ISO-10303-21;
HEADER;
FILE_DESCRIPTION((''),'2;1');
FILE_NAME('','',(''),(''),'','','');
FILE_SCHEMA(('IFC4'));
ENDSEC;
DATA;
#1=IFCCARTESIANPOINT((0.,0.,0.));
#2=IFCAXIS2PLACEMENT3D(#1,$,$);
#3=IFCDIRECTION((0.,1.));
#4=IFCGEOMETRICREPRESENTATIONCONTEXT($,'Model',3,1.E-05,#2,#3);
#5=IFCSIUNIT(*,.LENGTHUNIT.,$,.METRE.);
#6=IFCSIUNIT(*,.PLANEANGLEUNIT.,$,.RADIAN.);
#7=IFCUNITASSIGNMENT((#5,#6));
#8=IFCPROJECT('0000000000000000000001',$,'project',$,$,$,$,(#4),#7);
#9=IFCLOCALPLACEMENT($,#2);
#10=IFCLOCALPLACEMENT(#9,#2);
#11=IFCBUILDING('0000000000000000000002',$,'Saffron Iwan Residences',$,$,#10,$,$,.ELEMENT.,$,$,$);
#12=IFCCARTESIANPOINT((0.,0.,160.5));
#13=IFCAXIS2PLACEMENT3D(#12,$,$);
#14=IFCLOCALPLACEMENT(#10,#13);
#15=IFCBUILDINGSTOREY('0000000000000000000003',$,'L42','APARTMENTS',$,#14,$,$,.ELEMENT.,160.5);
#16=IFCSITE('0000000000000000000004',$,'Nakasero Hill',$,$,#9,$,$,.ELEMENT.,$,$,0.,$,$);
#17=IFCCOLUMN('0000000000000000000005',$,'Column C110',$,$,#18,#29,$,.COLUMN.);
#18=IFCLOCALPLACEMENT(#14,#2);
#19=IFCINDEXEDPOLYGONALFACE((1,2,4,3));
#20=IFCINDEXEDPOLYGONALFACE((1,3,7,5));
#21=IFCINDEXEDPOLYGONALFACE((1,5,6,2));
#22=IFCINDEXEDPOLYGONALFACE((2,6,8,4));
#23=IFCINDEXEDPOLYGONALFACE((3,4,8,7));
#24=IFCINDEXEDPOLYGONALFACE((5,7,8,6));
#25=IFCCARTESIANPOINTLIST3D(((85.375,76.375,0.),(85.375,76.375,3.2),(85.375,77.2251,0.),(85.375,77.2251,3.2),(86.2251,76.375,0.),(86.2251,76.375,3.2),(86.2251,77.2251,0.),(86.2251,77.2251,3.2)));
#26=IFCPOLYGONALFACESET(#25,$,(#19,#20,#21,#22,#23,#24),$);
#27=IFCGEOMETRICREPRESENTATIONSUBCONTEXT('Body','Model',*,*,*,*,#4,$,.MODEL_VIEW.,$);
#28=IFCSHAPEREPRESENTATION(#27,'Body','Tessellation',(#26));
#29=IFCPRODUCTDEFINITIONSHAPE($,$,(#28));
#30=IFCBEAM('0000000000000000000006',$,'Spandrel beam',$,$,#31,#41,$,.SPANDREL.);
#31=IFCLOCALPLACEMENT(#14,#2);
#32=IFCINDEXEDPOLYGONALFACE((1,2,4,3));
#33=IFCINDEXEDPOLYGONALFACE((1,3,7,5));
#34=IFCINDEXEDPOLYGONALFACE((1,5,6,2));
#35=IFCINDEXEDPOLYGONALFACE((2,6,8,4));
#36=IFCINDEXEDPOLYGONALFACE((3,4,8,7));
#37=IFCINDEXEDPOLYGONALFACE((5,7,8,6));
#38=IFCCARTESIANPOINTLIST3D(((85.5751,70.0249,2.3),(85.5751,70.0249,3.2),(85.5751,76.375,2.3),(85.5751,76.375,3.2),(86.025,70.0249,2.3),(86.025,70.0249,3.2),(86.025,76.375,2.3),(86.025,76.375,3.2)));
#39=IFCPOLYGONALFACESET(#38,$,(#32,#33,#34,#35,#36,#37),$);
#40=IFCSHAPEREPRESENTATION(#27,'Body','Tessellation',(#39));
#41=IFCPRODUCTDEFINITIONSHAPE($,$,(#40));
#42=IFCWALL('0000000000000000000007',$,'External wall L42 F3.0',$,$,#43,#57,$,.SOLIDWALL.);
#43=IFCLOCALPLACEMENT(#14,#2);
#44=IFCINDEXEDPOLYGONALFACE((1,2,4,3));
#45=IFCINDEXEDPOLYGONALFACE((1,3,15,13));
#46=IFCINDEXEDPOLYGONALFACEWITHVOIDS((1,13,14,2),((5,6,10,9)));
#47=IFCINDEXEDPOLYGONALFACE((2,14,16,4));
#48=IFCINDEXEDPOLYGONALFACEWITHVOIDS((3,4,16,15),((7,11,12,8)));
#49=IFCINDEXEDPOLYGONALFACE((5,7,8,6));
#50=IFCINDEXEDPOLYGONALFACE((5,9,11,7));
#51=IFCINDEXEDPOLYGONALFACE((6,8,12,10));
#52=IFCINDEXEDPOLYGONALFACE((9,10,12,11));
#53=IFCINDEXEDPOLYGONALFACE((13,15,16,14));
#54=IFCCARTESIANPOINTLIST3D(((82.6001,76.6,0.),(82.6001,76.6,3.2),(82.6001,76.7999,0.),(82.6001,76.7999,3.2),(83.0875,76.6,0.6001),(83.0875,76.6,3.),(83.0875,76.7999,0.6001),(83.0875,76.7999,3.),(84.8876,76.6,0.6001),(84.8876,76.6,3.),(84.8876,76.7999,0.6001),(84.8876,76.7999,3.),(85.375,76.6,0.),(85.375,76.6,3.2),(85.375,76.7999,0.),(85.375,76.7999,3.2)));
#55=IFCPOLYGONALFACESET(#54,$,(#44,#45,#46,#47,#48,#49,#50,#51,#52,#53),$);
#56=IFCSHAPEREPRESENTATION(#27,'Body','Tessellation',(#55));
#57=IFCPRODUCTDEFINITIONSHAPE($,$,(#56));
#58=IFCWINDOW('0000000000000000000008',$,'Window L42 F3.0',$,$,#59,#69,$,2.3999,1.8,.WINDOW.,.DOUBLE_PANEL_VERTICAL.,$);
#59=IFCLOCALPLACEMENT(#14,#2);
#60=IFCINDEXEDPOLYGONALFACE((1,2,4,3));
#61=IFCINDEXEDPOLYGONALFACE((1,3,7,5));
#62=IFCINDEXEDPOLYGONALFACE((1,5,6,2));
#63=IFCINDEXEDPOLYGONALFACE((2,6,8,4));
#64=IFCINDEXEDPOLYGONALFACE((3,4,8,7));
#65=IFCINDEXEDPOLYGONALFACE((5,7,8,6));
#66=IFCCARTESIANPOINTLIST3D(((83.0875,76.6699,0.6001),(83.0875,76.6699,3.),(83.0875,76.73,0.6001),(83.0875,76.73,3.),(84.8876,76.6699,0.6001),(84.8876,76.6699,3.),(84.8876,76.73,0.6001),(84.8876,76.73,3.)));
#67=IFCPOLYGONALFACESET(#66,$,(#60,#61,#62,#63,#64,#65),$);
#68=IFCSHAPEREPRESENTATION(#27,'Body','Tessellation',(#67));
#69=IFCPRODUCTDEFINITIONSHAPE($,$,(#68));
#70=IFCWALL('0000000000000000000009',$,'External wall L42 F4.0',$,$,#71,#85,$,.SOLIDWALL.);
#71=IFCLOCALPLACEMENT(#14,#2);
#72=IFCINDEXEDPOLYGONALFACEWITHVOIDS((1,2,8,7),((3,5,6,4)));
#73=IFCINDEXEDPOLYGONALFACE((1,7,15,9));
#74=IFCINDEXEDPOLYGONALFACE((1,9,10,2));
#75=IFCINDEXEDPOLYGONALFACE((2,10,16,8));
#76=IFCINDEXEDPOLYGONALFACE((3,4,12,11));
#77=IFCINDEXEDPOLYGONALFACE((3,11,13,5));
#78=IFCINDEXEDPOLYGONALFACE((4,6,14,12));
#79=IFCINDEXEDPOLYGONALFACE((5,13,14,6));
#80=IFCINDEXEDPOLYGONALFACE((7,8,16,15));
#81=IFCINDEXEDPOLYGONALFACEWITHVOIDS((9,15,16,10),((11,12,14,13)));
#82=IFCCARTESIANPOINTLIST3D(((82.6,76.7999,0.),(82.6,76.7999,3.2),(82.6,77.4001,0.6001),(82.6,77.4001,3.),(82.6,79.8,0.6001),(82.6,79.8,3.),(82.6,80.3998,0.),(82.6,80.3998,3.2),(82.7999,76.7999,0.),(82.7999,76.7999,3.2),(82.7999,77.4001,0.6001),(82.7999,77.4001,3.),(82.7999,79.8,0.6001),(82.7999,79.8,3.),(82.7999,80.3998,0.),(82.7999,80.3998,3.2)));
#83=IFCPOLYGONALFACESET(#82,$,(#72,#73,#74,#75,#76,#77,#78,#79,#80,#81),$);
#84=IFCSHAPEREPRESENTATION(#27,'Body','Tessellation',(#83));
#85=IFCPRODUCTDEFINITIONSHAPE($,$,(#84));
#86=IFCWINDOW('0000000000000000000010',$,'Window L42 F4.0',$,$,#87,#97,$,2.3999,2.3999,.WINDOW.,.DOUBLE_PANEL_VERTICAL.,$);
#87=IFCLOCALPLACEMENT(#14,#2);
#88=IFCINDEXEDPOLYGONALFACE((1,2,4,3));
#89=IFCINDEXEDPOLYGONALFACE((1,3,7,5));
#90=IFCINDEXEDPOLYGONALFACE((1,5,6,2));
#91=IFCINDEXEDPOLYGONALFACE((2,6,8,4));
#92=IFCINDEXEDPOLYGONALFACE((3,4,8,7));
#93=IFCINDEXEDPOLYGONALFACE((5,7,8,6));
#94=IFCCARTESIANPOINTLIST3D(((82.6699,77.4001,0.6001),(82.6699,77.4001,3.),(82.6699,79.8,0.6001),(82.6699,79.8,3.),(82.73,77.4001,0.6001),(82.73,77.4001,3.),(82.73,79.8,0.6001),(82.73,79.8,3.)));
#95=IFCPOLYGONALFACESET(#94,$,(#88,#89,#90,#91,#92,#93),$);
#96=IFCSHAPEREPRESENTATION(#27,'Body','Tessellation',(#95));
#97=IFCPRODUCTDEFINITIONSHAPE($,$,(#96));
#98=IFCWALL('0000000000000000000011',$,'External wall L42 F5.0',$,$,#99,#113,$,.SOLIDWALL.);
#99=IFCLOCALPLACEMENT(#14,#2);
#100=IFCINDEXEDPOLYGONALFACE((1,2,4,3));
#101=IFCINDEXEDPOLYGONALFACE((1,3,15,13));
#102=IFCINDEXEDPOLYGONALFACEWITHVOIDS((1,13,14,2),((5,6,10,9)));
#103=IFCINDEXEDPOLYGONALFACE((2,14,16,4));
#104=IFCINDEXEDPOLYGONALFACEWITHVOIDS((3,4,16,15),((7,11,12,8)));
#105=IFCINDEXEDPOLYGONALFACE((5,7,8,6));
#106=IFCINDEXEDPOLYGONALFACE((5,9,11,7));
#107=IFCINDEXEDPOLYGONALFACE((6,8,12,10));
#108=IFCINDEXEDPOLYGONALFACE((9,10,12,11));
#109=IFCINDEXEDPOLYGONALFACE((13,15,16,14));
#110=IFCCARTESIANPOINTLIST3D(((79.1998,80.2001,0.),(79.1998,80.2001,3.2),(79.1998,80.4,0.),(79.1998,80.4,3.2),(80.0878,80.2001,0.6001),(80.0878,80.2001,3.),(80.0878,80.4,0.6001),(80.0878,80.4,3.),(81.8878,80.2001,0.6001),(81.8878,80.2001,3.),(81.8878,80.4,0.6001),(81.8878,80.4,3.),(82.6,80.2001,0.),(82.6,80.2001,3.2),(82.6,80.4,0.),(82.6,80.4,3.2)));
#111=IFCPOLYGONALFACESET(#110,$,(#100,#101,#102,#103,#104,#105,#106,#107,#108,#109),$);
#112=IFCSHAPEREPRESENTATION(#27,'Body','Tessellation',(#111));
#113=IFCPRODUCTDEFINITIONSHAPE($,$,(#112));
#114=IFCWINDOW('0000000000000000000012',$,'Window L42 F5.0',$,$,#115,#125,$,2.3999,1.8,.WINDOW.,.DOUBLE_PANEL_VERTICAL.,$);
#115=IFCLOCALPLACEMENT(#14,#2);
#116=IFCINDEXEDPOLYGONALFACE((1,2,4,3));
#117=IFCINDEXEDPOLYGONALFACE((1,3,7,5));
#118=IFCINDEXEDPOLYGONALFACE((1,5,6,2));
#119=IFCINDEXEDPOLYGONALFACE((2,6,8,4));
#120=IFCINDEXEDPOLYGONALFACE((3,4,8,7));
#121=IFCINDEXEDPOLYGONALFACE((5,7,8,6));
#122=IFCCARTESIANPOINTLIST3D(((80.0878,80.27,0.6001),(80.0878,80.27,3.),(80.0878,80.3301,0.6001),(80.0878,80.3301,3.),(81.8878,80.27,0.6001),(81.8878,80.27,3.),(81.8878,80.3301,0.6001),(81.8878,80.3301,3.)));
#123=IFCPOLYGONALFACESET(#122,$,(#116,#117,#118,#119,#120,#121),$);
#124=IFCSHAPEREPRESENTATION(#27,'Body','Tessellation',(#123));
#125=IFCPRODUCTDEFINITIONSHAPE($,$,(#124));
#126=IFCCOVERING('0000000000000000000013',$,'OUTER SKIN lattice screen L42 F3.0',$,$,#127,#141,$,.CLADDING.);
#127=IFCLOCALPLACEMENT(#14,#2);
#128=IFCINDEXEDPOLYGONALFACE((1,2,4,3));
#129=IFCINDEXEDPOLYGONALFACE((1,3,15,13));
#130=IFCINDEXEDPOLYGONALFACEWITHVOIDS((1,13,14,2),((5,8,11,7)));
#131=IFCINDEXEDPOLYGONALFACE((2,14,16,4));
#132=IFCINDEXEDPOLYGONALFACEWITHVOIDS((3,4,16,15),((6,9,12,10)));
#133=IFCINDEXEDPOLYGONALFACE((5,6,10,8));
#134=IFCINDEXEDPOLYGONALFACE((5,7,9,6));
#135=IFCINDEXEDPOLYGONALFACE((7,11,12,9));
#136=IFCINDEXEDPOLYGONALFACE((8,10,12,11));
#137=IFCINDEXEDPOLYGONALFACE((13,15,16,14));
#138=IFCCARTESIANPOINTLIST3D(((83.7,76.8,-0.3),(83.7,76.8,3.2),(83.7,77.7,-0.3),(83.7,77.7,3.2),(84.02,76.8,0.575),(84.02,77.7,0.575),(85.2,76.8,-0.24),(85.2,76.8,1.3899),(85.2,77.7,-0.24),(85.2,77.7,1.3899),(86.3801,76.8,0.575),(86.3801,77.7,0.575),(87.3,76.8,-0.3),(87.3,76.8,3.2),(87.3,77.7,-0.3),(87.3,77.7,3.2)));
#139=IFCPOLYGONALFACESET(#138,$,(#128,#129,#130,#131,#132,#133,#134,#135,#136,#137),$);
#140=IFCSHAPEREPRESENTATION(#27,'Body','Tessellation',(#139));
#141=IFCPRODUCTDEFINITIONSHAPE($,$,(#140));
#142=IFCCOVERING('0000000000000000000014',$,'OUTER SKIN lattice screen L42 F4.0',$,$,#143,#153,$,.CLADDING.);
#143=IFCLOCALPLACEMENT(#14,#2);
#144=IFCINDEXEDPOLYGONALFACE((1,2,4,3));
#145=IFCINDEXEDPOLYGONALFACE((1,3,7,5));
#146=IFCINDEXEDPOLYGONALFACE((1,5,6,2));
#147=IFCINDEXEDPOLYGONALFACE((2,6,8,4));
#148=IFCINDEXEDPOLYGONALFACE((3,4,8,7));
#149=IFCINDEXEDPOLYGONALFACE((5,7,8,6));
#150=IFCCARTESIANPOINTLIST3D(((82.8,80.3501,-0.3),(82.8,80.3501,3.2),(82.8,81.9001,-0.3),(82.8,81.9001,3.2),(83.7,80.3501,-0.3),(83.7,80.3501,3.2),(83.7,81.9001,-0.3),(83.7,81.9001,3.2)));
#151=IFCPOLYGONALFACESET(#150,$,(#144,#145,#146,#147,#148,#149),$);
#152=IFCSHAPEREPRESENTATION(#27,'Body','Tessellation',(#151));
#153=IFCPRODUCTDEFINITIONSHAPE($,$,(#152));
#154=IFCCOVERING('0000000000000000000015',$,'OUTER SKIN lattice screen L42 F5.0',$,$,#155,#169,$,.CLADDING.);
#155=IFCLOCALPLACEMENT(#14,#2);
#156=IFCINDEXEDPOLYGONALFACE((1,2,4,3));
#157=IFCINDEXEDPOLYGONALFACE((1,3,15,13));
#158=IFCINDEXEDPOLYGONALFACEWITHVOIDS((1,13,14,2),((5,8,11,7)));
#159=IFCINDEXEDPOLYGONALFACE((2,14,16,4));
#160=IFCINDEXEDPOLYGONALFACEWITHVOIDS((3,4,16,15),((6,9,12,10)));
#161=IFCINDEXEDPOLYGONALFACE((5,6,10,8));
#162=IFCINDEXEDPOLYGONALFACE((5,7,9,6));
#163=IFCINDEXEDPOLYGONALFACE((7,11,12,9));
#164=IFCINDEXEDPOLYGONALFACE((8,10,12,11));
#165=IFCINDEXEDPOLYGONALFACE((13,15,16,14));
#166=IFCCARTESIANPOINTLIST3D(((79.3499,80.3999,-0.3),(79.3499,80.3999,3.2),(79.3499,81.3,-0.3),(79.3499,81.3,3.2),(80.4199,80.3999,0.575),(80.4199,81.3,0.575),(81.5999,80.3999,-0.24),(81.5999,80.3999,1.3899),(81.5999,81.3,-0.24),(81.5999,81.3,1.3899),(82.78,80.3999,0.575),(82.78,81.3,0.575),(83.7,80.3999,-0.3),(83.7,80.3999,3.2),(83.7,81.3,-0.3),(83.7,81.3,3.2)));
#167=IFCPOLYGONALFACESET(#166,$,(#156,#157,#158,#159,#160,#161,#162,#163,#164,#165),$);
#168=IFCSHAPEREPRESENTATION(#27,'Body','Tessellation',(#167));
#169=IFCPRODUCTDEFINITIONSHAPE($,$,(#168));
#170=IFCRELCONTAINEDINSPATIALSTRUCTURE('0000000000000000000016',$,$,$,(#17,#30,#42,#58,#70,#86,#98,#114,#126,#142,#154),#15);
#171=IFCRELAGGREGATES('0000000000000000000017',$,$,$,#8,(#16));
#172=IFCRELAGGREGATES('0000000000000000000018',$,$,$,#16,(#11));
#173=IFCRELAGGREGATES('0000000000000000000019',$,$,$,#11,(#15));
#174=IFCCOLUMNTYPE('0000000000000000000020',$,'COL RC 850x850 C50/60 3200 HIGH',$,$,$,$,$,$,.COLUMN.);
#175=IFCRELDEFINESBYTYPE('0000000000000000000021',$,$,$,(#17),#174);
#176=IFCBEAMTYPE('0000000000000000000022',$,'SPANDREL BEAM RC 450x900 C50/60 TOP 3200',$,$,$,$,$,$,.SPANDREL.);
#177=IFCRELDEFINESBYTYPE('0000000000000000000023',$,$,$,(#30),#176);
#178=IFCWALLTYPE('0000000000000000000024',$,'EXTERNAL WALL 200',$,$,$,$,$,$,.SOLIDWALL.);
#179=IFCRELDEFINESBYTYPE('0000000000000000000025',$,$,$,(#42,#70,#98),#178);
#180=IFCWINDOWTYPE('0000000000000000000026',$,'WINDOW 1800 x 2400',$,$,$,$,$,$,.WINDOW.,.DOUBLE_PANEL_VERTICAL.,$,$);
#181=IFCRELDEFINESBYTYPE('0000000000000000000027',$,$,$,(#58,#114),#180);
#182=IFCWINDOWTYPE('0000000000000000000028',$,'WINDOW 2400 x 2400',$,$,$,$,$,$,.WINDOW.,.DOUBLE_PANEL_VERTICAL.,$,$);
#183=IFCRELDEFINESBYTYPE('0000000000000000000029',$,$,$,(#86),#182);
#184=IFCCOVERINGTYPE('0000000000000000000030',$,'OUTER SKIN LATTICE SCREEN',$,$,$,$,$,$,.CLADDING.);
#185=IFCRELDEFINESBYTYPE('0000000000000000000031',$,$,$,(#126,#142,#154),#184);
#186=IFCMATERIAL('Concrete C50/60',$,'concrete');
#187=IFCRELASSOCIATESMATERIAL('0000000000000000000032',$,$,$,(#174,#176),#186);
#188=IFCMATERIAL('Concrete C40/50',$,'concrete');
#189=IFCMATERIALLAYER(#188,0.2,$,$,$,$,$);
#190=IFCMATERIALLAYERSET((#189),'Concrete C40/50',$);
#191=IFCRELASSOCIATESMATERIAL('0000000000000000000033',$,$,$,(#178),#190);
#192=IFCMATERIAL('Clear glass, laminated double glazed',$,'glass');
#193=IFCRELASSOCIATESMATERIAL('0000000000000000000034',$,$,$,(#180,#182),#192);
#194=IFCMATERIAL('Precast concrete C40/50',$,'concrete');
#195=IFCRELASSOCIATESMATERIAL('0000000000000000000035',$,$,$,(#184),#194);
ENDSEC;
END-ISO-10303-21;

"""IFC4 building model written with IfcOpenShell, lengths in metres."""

from ifc_helpers import new_model, si_unit, direction, frame, frame_2d, origin, origin_2d, place, context, subcontext, project, spatial, polyline, rectangle, outline, extrude, source, transform, mapped, material, layer, layer_set, material_profile, profile_set, type_object, element, fill, save


model = new_model("IFC4")

# Units and contexts
model_context = context("Model", 3, precision=1e-05, world=origin(), true_north=direction((0.0, 1.0)))
body_context = subcontext(model_context, "Body", "Model", "MODEL_VIEW")
ifc_project = project(units=[si_unit("LENGTHUNIT", "METRE"), si_unit("PLANEANGLEUNIT", "RADIAN")], contexts=[model_context])

# Site, building, storey
site_placement = place(None, origin())
site = spatial("IfcSite", under=ifc_project, at=site_placement, Name="Nakasero Hill", CompositionType="ELEMENT", RefElevation=0.0)
building_placement = place(site_placement, origin())
building = spatial("IfcBuilding", under=site, at=building_placement, Name="Saffron Iwan Residences", CompositionType="ELEMENT")
storey_placement = place(building_placement, frame((0.0, 0.0, 160.5)))
storey = spatial("IfcBuildingStorey", under=building, at=storey_placement, Name="L42", Description="APARTMENTS", CompositionType="ELEMENT", Elevation=160.5)

# Column
ifc_material_1 = material(Name="Concrete C50/60", Category="concrete")
ifc_material_profile_1 = material_profile(ifc_material_1, rectangle(XDim=0.8501, YDim=0.8501, at=origin_2d()), Name="RC 850x850")
ifc_profile_set_1 = profile_set([ifc_material_profile_1], Name="Concrete C50/60")
column_type = type_object("IfcColumnType", Name="COL RC 850x850 C50/60 3200 HIGH", PredefinedType="COLUMN", material=ifc_profile_set_1)
shared_shape_1 = source(origin(), body_context, "Body", "SweptSolid", [
    extrude(rectangle(XDim=0.8501, YDim=0.8501, at=origin_2d()), origin(), (0.0, 0.0, 1.0), 3.2),
])
column_placement = place(storey_placement, frame((85.8, 76.8, 0.0), z_axis=(0.0, 0.0, 1.0), x_axis=(1.0, 0.0, 0.0)))
element("IfcColumn", 1, at=column_placement, inside=storey, type_object=column_type, Name="Column C110", PredefinedType="COLUMN", context=body_context, shape_type="MappedRepresentation", body=[
    mapped(shared_shape_1, transform((0.0, 0.0, 0.0))),
])

# Beam
ifc_material_profile_2 = material_profile(ifc_material_1, rectangle(XDim=0.45, YDim=0.8999, at=origin_2d()), Name="RC 450x900")
ifc_profile_set_2 = profile_set([ifc_material_profile_2], Name="Concrete C50/60")
beam_type = type_object("IfcBeamType", Name="SPANDREL BEAM RC 450x900 C50/60 TOP 3200", PredefinedType="SPANDREL", material=ifc_profile_set_2)
shared_shape_2 = source(origin(), body_context, "Body", "SweptSolid", [
    extrude(rectangle(XDim=0.45, YDim=0.8999, at=origin_2d()), origin(), (0.0, 0.0, 1.0), 6.3501),
])
beam_placement = place(storey_placement, frame((85.8, 76.375, 2.75), z_axis=(0.0, -1.0, 0.0), x_axis=(1.0, 0.0, 0.0)))
element("IfcBeam", 2, at=beam_placement, inside=storey, type_object=beam_type, Name="Spandrel beam", PredefinedType="SPANDREL", context=body_context, shape_type="MappedRepresentation", body=[
    mapped(shared_shape_2, transform((0.0, 0.0, 0.0))),
])

# Walls, openings, windows
ifc_material_2 = material(Name="Concrete C40/50", Category="concrete")
ifc_layer = layer(ifc_material_2, 0.2)
ifc_layer_set = layer_set([ifc_layer], Name="Concrete C40/50")
wall_type = type_object("IfcWallType", Name="EXTERNAL WALL 200", PredefinedType="SOLIDWALL", material=ifc_layer_set)
wall_1_placement = place(storey_placement, frame((85.375, 76.7, 0.0), z_axis=(0.0, 0.0, 1.0), x_axis=(-1.0, 0.0, 0.0)))
wall_1 = element("IfcWall", 3, at=wall_1_placement, inside=storey, type_object=wall_type, Name="External wall L42 F3.0", PredefinedType="SOLIDWALL", context=body_context, shape_type="SweptSolid", body=[
    extrude(rectangle(XDim=2.7749, YDim=0.2, at=frame_2d((1.3875, 0.0))), origin(), (0.0, 0.0, 1.0), 3.2),
])
opening_1_placement = place(wall_1_placement, frame((0.4875, 0.0, 0.6001)))
opening_1 = element("IfcOpeningElement", 4, at=opening_1_placement, cuts=wall_1, PredefinedType="OPENING", context=body_context, shape_type="SweptSolid", body=[
    extrude(rectangle(XDim=1.8, YDim=2.3999, at=frame_2d((0.8999, 1.2))), frame((0.0, 0.1099, 0.0), z_axis=(0.0, -1.0, 0.0), x_axis=(1.0, 0.0, 0.0)), (0.0, 0.0, 1.0), 0.22),
])
ifc_material_3 = material(Name="Clear glass, laminated double glazed", Category="glass")
window_type_1 = type_object("IfcWindowType", Name="WINDOW 1800 x 2400", PartitioningType="DOUBLE_PANEL_VERTICAL", PredefinedType="WINDOW", material=ifc_material_3)
window_1_placement = place(opening_1_placement, origin())
window_1 = element("IfcWindow", 5, at=window_1_placement, inside=storey, type_object=window_type_1, Name="Window L42 F3.0", OverallHeight=2.3999, OverallWidth=1.8, PartitioningType="DOUBLE_PANEL_VERTICAL", PredefinedType="WINDOW", context=body_context, shape_type="SweptSolid", body=[
    extrude(rectangle(XDim=1.8, YDim=2.3999, at=frame_2d((0.8999, 1.2))), frame((0.0, 0.03, 0.0), z_axis=(0.0, -1.0, 0.0), x_axis=(1.0, 0.0, 0.0)), (0.0, 0.0, 1.0), 0.0601),
])
fill(opening_1, window_1)
wall_2_placement = place(storey_placement, frame((82.7, 76.8, 0.0), z_axis=(0.0, 0.0, 1.0), x_axis=(0.0, 1.0, 0.0)))
wall_2 = element("IfcWall", 6, at=wall_2_placement, inside=storey, type_object=wall_type, Name="External wall L42 F4.0", PredefinedType="SOLIDWALL", context=body_context, shape_type="SweptSolid", body=[
    extrude(rectangle(XDim=3.5999, YDim=0.2, at=frame_2d((1.7998, 0.0))), origin(), (0.0, 0.0, 1.0), 3.2),
])
opening_2_placement = place(wall_2_placement, frame((0.6001, 0.0, 0.6001)))
opening_2 = element("IfcOpeningElement", 7, at=opening_2_placement, cuts=wall_2, PredefinedType="OPENING", context=body_context, shape_type="SweptSolid", body=[
    extrude(rectangle(XDim=2.3999, YDim=2.3999, at=frame_2d((1.2, 1.2))), frame((0.0, 0.1099, 0.0), z_axis=(0.0, -1.0, 0.0), x_axis=(1.0, 0.0, 0.0)), (0.0, 0.0, 1.0), 0.22),
])
window_type_2 = type_object("IfcWindowType", Name="WINDOW 2400 x 2400", PartitioningType="DOUBLE_PANEL_VERTICAL", PredefinedType="WINDOW", material=ifc_material_3)
window_2_placement = place(opening_2_placement, origin())
window_2 = element("IfcWindow", 8, at=window_2_placement, inside=storey, type_object=window_type_2, Name="Window L42 F4.0", OverallHeight=2.3999, OverallWidth=2.3999, PartitioningType="DOUBLE_PANEL_VERTICAL", PredefinedType="WINDOW", context=body_context, shape_type="SweptSolid", body=[
    extrude(rectangle(XDim=2.3999, YDim=2.3999, at=frame_2d((1.2, 1.2))), frame((0.0, 0.03, 0.0), z_axis=(0.0, -1.0, 0.0), x_axis=(1.0, 0.0, 0.0)), (0.0, 0.0, 1.0), 0.0601),
])
fill(opening_2, window_2)
wall_3_placement = place(storey_placement, frame((82.6001, 80.3, 0.0), z_axis=(0.0, 0.0, 1.0), x_axis=(-1.0, 0.0, 0.0)))
wall_3 = element("IfcWall", 9, at=wall_3_placement, inside=storey, type_object=wall_type, Name="External wall L42 F5.0", PredefinedType="SOLIDWALL", context=body_context, shape_type="SweptSolid", body=[
    extrude(rectangle(XDim=3.4001, YDim=0.2, at=frame_2d((1.7002, 0.0))), origin(), (0.0, 0.0, 1.0), 3.2),
])
opening_3_placement = place(wall_3_placement, frame((0.7124, 0.0, 0.6001)))
opening_3 = element("IfcOpeningElement", 10, at=opening_3_placement, cuts=wall_3, PredefinedType="OPENING", context=body_context, shape_type="SweptSolid", body=[
    extrude(rectangle(XDim=1.8, YDim=2.3999, at=frame_2d((0.8999, 1.2))), frame((0.0, 0.1099, 0.0), z_axis=(0.0, -1.0, 0.0), x_axis=(1.0, 0.0, 0.0)), (0.0, 0.0, 1.0), 0.22),
])
window_3_placement = place(opening_3_placement, origin())
window_3 = element("IfcWindow", 11, at=window_3_placement, inside=storey, type_object=window_type_1, Name="Window L42 F5.0", OverallHeight=2.3999, OverallWidth=1.8, PartitioningType="DOUBLE_PANEL_VERTICAL", PredefinedType="WINDOW", context=body_context, shape_type="SweptSolid", body=[
    extrude(rectangle(XDim=1.8, YDim=2.3999, at=frame_2d((0.8999, 1.2))), frame((0.0, 0.03, 0.0), z_axis=(0.0, -1.0, 0.0), x_axis=(1.0, 0.0, 0.0)), (0.0, 0.0, 1.0), 0.0601),
])
fill(opening_3, window_3)

# Coverings
ifc_material_4 = material(Name="Precast concrete C40/50", Category="concrete")
covering_type_1 = type_object("IfcCoveringType", Name="OUTER SKIN LATTICE SCREEN", PredefinedType="CLADDING", material=ifc_material_4)
covering_1_placement = place(storey_placement, frame((87.3, 76.8, -0.3), z_axis=(0.0, 1.0, 0.0), x_axis=(-1.0, 0.0, 0.0)))
element("IfcCovering", 12, at=covering_1_placement, inside=storey, type_object=covering_type_1, Name="OUTER SKIN lattice screen L42 F3.0", PredefinedType="CLADDING", context=body_context, shape_type="SweptSolid", body=[
    extrude(outline(polyline([(0.0, 0.0), (3.6001, 0.0), (3.6001, 3.5), (0.0, 3.5), (0.0, 0.0)]), holes=[polyline([(0.9199, 0.875), (2.1001, 0.0601), (3.28, 0.875), (2.1001, 1.6899), (0.9199, 0.875)])]), origin(), (0.0, 0.0, 1.0), 0.8999),
])
covering_2_placement = place(storey_placement, frame((82.8, 80.3501, -0.3), z_axis=(1.0, 0.0, 0.0), x_axis=(0.0, 1.0, 0.0)))
element("IfcCovering", 13, at=covering_2_placement, inside=storey, type_object=covering_type_1, Name="OUTER SKIN lattice screen L42 F4.0", PredefinedType="CLADDING", context=body_context, shape_type="SweptSolid", body=[
    extrude(outline(polyline([(0.0, 0.0), (1.55, 0.0), (1.55, 3.5), (0.0, 3.5), (0.0, 0.0)])), origin(), (0.0, 0.0, 1.0), 0.8999),
])
covering_3_placement = place(storey_placement, frame((83.7, 80.3999, -0.3), z_axis=(0.0, 1.0, 0.0), x_axis=(-1.0, 0.0, 0.0)))
element("IfcCovering", 14, at=covering_3_placement, inside=storey, type_object=covering_type_1, Name="OUTER SKIN lattice screen L42 F5.0", PredefinedType="CLADDING", context=body_context, shape_type="SweptSolid", body=[
    extrude(outline(polyline([(0.0, 0.0), (4.3501, 0.0), (4.3501, 3.5), (0.0, 3.5), (0.0, 0.0)]), holes=[polyline([(0.9199, 0.875), (2.1001, 0.0601), (3.28, 0.875), (2.1001, 1.6899), (0.9199, 0.875)])]), origin(), (0.0, 0.0, 1.0), 0.9001),
])

save(model, "model.ifc")
